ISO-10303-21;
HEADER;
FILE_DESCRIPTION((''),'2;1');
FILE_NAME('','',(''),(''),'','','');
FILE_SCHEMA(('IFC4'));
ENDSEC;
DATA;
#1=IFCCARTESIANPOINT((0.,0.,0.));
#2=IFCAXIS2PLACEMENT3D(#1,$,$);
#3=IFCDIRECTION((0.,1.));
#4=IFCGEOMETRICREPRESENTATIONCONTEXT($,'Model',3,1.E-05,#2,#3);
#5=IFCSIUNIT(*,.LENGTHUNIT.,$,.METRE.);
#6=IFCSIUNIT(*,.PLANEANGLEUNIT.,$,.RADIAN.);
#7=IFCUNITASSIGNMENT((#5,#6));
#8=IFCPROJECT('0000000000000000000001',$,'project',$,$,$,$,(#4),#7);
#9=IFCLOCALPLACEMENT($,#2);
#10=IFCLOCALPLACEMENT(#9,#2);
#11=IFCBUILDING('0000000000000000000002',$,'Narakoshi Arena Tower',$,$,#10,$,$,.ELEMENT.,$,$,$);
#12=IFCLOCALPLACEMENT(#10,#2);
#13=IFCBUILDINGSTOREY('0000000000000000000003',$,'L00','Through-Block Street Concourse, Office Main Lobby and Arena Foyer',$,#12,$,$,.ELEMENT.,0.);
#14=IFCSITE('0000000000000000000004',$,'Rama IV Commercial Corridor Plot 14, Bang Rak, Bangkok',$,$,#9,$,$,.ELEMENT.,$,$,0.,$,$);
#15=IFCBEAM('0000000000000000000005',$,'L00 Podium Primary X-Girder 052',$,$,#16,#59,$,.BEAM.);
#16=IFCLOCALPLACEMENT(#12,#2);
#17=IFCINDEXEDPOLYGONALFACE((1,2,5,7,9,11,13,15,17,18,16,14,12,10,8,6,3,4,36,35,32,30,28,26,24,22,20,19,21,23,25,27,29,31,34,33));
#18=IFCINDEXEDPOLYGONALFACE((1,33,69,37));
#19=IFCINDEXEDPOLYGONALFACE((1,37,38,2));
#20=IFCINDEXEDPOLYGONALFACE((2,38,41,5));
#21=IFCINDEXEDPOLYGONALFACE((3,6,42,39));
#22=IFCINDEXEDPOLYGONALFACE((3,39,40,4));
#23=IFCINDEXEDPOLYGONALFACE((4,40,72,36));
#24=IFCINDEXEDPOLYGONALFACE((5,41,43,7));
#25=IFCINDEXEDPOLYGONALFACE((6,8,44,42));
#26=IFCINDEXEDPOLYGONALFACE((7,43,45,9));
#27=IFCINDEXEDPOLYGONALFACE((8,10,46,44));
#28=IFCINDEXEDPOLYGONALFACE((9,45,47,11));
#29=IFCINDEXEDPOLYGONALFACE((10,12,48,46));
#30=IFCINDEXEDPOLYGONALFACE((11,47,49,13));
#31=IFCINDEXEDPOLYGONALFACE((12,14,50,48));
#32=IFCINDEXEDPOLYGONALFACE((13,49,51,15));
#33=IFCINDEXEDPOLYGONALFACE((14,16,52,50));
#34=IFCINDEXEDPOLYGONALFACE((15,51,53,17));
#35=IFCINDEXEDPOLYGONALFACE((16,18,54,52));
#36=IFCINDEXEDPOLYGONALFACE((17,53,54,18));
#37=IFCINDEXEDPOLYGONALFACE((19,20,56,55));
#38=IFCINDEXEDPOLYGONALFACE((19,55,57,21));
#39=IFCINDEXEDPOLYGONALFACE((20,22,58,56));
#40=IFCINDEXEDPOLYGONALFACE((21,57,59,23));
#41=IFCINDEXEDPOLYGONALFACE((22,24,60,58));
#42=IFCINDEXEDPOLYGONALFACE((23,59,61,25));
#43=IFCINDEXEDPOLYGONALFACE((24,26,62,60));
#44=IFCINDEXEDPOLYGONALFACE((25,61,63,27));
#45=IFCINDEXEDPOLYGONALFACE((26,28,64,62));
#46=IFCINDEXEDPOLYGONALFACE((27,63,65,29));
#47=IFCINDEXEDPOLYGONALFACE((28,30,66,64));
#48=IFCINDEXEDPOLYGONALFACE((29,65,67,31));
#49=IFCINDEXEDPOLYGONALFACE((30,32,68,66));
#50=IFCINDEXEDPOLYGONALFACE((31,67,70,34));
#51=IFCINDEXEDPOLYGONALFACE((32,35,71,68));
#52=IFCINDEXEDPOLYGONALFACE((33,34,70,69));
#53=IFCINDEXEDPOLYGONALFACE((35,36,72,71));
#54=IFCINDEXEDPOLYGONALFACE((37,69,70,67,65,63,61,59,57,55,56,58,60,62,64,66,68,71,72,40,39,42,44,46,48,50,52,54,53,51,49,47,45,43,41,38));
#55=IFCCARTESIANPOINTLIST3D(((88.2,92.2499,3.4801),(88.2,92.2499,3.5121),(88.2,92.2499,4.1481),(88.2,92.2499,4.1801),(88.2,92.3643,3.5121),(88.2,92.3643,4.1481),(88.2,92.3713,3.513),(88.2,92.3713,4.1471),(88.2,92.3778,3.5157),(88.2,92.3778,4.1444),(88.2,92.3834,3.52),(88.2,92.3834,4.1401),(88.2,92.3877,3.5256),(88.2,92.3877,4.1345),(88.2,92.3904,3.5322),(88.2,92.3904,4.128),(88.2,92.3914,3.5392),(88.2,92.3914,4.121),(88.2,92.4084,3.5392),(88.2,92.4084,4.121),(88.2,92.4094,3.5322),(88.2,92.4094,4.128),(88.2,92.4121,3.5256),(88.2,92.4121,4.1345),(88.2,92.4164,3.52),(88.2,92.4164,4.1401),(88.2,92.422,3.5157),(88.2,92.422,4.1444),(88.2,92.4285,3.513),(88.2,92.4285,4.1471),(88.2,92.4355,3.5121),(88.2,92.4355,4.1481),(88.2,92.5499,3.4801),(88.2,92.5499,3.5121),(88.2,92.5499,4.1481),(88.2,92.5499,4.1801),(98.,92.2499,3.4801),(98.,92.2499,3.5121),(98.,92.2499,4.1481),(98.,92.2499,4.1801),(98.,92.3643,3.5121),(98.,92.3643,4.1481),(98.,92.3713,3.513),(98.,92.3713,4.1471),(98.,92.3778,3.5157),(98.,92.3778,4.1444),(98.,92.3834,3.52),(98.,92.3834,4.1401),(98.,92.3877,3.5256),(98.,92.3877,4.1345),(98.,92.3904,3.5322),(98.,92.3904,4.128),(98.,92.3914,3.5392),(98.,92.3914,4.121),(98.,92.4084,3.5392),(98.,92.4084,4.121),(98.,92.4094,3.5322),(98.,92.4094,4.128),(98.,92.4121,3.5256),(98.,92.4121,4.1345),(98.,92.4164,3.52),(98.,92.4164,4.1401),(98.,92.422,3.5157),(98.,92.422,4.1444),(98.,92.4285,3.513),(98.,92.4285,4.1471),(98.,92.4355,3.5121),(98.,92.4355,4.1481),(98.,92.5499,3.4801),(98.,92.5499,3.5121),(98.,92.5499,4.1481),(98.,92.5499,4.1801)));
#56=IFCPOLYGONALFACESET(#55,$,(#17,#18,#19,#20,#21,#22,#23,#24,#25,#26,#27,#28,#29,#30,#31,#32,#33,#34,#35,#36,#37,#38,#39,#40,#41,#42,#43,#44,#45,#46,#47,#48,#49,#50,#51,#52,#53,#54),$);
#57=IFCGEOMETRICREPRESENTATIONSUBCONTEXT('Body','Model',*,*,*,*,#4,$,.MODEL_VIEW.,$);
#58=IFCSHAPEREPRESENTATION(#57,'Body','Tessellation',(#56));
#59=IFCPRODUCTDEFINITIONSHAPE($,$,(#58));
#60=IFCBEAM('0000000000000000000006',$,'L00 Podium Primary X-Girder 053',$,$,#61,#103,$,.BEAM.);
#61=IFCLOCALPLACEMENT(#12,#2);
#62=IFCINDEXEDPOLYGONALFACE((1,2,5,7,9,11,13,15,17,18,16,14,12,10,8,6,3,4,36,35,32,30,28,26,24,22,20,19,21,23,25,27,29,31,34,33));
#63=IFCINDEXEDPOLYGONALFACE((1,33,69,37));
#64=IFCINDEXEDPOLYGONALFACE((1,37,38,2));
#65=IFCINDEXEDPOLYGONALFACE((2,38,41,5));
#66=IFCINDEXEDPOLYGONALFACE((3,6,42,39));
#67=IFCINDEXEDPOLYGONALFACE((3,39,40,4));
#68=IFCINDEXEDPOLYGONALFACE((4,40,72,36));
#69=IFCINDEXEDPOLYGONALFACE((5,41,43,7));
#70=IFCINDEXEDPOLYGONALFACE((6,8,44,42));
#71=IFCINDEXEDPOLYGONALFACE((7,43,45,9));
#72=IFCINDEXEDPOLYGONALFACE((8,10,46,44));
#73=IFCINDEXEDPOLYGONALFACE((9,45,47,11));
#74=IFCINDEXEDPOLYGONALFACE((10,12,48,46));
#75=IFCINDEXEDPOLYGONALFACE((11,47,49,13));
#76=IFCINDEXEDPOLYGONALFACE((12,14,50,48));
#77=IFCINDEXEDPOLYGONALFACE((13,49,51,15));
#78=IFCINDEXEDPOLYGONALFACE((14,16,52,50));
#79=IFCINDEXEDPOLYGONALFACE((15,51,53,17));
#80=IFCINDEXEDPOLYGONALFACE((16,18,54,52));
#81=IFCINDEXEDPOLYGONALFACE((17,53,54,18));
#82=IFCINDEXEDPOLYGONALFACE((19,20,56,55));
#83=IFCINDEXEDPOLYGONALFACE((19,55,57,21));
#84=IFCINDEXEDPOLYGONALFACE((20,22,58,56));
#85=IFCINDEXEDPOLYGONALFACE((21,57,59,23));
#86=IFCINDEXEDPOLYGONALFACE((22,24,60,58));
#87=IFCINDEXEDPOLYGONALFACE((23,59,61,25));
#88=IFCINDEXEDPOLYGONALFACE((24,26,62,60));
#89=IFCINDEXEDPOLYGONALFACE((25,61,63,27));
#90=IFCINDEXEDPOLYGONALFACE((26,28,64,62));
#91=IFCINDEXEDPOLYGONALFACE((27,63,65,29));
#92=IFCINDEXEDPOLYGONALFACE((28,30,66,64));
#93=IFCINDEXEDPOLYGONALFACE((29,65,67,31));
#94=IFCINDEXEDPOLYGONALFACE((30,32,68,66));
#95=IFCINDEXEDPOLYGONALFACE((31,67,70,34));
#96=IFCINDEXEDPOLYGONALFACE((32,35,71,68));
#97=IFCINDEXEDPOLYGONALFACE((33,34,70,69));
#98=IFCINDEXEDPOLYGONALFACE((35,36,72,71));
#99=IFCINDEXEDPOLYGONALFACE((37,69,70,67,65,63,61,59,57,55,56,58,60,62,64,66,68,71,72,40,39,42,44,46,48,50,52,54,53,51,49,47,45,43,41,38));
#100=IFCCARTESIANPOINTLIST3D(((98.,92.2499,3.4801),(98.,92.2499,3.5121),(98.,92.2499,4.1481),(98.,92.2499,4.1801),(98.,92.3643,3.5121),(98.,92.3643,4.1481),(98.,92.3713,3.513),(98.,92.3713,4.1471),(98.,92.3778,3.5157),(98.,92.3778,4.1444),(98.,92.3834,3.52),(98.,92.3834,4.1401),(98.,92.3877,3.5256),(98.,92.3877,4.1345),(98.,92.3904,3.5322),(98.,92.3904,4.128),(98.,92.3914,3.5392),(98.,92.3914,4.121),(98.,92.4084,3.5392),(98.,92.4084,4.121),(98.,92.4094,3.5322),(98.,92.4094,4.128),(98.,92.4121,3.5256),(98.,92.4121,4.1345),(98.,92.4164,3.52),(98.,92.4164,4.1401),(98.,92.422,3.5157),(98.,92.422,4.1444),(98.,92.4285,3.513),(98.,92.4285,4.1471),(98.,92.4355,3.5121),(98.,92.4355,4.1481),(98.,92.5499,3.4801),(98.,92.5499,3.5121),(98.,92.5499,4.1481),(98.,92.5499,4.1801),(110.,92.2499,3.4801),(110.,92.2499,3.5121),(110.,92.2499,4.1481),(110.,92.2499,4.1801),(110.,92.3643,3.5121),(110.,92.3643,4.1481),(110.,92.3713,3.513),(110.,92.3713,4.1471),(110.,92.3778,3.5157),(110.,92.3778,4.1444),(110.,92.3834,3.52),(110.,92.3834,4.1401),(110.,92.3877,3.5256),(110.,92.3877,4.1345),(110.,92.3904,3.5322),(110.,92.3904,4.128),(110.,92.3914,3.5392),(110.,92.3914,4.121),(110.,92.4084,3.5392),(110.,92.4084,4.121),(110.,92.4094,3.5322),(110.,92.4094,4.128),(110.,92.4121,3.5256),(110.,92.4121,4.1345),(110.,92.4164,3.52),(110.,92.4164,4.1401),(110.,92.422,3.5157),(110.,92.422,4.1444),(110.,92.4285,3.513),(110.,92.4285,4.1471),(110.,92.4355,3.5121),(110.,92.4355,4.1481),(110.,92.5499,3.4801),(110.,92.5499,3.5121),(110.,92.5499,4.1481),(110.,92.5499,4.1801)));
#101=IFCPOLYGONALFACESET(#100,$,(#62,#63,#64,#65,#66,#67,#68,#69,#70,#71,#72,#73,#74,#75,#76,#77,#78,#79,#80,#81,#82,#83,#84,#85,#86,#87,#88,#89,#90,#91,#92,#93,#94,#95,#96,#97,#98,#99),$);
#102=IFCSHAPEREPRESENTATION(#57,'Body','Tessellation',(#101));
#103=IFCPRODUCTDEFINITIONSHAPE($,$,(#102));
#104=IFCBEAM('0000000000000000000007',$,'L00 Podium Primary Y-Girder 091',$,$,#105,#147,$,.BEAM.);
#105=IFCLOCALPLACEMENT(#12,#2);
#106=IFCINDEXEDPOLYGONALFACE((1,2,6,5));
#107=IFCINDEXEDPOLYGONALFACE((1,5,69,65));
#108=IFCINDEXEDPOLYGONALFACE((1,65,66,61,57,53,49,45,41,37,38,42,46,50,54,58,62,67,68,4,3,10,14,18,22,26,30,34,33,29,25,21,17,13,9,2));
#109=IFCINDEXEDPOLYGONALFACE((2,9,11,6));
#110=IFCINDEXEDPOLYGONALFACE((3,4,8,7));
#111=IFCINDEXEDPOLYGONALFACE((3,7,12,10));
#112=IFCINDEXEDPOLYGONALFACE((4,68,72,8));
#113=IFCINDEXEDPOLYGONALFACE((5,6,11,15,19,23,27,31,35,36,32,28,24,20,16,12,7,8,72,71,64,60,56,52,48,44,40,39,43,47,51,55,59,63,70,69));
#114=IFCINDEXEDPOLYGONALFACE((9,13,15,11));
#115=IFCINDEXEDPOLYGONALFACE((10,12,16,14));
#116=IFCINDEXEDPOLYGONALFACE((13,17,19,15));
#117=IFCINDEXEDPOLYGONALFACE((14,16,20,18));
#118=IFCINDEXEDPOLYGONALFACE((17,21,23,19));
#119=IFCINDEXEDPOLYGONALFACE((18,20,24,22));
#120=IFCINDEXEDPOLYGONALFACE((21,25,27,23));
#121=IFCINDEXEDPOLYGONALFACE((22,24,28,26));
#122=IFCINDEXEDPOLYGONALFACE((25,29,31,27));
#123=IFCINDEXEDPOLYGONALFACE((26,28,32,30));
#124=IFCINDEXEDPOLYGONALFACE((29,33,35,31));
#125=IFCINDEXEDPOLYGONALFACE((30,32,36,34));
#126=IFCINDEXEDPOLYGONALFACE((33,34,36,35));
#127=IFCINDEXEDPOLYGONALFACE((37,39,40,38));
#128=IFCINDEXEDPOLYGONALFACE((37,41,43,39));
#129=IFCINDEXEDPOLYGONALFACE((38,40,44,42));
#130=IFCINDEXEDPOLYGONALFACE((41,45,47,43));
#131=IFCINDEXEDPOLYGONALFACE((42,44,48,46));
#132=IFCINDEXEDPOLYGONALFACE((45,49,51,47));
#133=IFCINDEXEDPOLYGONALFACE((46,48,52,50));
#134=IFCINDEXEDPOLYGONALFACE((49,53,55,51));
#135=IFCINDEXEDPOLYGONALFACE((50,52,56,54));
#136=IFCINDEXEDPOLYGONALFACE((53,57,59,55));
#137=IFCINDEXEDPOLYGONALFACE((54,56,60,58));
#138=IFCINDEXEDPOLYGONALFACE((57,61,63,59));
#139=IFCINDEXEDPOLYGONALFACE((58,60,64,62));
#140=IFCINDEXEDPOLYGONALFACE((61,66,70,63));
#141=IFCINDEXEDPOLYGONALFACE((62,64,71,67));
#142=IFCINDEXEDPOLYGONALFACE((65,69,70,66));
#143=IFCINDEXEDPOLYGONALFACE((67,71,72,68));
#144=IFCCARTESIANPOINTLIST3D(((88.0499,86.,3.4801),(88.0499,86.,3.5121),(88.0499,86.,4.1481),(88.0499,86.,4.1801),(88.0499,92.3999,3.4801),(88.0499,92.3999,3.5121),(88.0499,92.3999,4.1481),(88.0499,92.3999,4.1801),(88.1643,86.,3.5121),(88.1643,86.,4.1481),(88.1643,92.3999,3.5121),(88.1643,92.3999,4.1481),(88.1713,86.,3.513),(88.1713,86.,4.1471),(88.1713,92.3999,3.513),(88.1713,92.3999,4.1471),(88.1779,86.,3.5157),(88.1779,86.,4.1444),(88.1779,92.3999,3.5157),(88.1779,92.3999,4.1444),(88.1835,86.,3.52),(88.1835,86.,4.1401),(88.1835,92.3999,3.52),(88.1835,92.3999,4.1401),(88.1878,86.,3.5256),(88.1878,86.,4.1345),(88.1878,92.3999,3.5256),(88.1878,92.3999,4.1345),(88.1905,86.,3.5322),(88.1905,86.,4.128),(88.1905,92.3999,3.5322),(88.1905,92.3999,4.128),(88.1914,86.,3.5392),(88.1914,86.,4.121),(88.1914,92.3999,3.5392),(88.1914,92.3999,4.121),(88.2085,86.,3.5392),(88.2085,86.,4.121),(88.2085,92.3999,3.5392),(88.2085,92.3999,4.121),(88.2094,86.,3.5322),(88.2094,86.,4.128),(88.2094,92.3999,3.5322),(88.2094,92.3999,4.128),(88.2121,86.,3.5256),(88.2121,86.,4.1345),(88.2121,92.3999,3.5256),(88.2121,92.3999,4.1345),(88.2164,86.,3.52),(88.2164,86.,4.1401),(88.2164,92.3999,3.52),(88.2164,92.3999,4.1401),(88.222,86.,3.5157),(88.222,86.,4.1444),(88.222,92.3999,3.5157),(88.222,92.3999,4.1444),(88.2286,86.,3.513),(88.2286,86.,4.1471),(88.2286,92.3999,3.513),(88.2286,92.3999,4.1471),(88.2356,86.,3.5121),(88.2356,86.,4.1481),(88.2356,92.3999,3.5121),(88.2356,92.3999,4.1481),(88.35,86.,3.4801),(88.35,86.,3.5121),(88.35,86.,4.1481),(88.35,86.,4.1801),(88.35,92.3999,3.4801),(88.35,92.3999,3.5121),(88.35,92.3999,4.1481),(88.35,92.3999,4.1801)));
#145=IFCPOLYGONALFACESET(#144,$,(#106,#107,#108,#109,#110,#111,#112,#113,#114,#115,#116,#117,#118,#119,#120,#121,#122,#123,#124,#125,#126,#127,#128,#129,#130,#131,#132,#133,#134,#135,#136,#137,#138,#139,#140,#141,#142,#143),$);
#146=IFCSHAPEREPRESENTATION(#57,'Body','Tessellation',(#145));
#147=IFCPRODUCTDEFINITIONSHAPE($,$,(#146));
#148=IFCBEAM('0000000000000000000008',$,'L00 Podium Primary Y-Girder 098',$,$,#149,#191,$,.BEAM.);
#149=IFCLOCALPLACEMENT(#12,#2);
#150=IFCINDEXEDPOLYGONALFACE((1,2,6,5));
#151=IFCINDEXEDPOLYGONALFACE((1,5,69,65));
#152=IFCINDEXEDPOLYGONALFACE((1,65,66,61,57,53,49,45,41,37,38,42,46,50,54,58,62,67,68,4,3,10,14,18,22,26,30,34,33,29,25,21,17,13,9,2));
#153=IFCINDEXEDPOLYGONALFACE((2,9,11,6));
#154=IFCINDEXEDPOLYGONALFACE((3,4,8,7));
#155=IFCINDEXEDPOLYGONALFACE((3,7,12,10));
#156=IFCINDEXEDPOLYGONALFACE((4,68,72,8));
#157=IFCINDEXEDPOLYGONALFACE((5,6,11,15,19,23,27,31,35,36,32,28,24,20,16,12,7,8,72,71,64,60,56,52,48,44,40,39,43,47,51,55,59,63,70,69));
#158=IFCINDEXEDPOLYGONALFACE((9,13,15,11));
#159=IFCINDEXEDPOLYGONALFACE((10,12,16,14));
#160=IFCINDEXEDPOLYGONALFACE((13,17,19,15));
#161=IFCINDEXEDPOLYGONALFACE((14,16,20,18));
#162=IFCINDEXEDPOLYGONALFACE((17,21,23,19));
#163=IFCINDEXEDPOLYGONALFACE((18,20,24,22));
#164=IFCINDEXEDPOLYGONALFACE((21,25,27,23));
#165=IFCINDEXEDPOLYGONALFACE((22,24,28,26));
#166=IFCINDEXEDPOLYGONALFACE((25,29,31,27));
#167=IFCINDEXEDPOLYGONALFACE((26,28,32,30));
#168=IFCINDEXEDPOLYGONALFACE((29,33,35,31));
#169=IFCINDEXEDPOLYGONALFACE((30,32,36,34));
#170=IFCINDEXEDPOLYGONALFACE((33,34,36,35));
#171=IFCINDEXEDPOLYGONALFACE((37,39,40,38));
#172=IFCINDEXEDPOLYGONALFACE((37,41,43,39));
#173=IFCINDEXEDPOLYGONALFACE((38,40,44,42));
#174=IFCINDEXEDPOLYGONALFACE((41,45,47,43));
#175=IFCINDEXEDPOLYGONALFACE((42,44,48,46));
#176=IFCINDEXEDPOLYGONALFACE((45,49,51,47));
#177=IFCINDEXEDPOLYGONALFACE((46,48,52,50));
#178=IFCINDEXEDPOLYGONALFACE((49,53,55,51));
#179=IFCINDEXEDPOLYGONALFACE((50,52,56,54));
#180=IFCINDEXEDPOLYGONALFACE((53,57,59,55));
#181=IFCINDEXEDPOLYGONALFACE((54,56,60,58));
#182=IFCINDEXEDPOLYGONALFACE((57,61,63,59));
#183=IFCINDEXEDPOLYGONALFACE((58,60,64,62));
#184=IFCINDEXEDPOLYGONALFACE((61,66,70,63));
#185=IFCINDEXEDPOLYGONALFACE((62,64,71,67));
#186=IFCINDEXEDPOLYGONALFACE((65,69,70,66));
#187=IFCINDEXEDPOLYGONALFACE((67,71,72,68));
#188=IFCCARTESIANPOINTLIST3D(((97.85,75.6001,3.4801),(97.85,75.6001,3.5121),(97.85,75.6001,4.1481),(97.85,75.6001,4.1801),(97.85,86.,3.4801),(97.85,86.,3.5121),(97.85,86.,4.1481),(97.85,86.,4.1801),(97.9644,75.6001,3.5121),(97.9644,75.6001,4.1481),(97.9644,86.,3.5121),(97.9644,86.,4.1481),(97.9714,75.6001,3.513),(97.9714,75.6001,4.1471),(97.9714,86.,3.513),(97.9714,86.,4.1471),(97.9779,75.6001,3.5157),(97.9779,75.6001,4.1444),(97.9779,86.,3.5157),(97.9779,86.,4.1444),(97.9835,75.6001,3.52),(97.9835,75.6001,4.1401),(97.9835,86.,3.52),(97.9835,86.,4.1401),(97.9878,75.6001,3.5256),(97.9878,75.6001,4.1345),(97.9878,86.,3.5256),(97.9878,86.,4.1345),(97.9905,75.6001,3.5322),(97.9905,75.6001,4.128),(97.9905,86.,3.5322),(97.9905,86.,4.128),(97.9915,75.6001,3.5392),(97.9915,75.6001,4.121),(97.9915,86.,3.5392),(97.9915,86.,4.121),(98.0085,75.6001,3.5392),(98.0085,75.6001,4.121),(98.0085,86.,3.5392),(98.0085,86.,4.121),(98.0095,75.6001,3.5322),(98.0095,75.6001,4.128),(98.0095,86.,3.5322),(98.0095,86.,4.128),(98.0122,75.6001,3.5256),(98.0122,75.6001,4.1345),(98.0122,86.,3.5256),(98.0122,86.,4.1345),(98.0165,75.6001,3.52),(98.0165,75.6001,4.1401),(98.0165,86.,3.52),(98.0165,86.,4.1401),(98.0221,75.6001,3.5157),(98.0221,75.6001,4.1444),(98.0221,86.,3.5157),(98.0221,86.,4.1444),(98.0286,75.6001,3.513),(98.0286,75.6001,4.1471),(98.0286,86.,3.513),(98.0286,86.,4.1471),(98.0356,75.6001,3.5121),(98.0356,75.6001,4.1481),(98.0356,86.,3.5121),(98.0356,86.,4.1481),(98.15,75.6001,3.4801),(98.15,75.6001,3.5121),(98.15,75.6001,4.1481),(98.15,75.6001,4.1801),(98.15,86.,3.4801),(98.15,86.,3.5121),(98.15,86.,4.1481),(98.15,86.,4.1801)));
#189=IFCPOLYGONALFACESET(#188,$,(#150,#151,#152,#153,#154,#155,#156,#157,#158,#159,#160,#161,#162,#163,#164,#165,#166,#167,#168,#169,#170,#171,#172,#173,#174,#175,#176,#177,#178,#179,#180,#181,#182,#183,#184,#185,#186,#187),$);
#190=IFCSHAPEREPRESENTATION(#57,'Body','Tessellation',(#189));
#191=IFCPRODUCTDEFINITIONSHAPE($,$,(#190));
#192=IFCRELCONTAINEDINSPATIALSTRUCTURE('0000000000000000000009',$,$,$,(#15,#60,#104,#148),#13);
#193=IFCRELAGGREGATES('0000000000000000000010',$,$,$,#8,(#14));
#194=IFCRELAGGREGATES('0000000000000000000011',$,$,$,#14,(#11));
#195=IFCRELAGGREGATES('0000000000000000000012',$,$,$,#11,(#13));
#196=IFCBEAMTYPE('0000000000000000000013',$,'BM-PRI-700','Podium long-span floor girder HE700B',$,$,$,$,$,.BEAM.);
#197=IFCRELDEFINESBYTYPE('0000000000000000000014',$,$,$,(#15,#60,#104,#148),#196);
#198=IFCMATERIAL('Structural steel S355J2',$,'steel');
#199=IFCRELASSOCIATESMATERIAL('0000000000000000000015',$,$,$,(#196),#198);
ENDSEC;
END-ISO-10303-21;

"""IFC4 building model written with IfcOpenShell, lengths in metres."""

from ifc_helpers import new_model, si_unit, direction, frame, origin, origin_2d, place, context, subcontext, project, spatial, i_section, extrude, material, material_profile, profile_set, type_object, element, save


model = new_model("IFC4")

# Units and contexts
model_context = context("Model", 3, precision=1e-05, world=origin(), true_north=direction((0.0, 1.0)))
body_context = subcontext(model_context, "Body", "Model", "MODEL_VIEW")
ifc_project = project(units=[si_unit("LENGTHUNIT", "METRE"), si_unit("PLANEANGLEUNIT", "RADIAN")], contexts=[model_context])

# Site, building, storey
site_placement = place(None, origin())
site = spatial("IfcSite", under=ifc_project, at=site_placement, Name="Rama IV Commercial Corridor Plot 14, Bang Rak, Bangkok", CompositionType="ELEMENT", RefElevation=0.0)
building_placement = place(site_placement, origin())
building = spatial("IfcBuilding", under=site, at=building_placement, Name="Narakoshi Arena Tower", CompositionType="ELEMENT")
storey_placement = place(building_placement, origin())
storey = spatial("IfcBuildingStorey", under=building, at=storey_placement, Name="L00", Description="Through-Block Street Concourse, Office Main Lobby and Arena Foyer", CompositionType="ELEMENT", Elevation=0.0)

# Beams
ifc_material_1 = material(Name="Structural steel S355J2", Category="steel")
ifc_material_profile_1 = material_profile(ifc_material_1, i_section(OverallWidth=0.3, OverallDepth=0.7, WebThickness=0.0171, FlangeThickness=0.032, FilletRadius=0.0271, at=origin_2d()), Name="HE700B")
ifc_profile_set_1 = profile_set([ifc_material_profile_1], Name="Structural steel S355J2")
beam_type_1 = type_object("IfcBeamType", Name="BM-PRI-700", Description="Podium long-span floor girder HE700B", PredefinedType="BEAM", material=ifc_profile_set_1)
beam_1_placement = place(storey_placement, frame((88.2, 92.3999, 3.8301), z_axis=(1.0, 0.0, 0.0), x_axis=(0.0, 1.0, 0.0)))
element("IfcBeam", 1, at=beam_1_placement, inside=storey, type_object=beam_type_1, Name="L00 Podium Primary X-Girder 052", PredefinedType="BEAM", context=body_context, shape_type="SweptSolid", body=[
    extrude(i_section(OverallWidth=0.3, OverallDepth=0.7, WebThickness=0.0171, FlangeThickness=0.032, FilletRadius=0.0271, at=origin_2d()), origin(), (0.0, 0.0, 1.0), 9.8),
])
beam_2_placement = place(storey_placement, frame((98.0, 92.3999, 3.8301), z_axis=(1.0, 0.0, 0.0), x_axis=(0.0, 1.0, 0.0)))
element("IfcBeam", 2, at=beam_2_placement, inside=storey, type_object=beam_type_1, Name="L00 Podium Primary X-Girder 053", PredefinedType="BEAM", context=body_context, shape_type="SweptSolid", body=[
    extrude(i_section(OverallWidth=0.3, OverallDepth=0.7, WebThickness=0.0171, FlangeThickness=0.032, FilletRadius=0.0271, at=origin_2d()), origin(), (0.0, 0.0, 1.0), 12.0),
])
beam_3_placement = place(storey_placement, frame((88.2, 86.0, 3.8301), z_axis=(0.0, 1.0, 0.0), x_axis=(-1.0, 0.0, 0.0)))
element("IfcBeam", 3, at=beam_3_placement, inside=storey, type_object=beam_type_1, Name="L00 Podium Primary Y-Girder 091", PredefinedType="BEAM", context=body_context, shape_type="SweptSolid", body=[
    extrude(i_section(OverallWidth=0.3, OverallDepth=0.7, WebThickness=0.0171, FlangeThickness=0.032, FilletRadius=0.0271, at=origin_2d()), origin(), (0.0, 0.0, 1.0), 6.3999),
])
beam_4_placement = place(storey_placement, frame((98.0, 75.6001, 3.8301), z_axis=(0.0, 1.0, 0.0), x_axis=(-1.0, 0.0, 0.0)))
element("IfcBeam", 4, at=beam_4_placement, inside=storey, type_object=beam_type_1, Name="L00 Podium Primary Y-Girder 098", PredefinedType="BEAM", context=body_context, shape_type="SweptSolid", body=[
    extrude(i_section(OverallWidth=0.3, OverallDepth=0.7, WebThickness=0.0171, FlangeThickness=0.032, FilletRadius=0.0271, at=origin_2d()), origin(), (0.0, 0.0, 1.0), 10.3999),
])

save(model, "model.ifc")
